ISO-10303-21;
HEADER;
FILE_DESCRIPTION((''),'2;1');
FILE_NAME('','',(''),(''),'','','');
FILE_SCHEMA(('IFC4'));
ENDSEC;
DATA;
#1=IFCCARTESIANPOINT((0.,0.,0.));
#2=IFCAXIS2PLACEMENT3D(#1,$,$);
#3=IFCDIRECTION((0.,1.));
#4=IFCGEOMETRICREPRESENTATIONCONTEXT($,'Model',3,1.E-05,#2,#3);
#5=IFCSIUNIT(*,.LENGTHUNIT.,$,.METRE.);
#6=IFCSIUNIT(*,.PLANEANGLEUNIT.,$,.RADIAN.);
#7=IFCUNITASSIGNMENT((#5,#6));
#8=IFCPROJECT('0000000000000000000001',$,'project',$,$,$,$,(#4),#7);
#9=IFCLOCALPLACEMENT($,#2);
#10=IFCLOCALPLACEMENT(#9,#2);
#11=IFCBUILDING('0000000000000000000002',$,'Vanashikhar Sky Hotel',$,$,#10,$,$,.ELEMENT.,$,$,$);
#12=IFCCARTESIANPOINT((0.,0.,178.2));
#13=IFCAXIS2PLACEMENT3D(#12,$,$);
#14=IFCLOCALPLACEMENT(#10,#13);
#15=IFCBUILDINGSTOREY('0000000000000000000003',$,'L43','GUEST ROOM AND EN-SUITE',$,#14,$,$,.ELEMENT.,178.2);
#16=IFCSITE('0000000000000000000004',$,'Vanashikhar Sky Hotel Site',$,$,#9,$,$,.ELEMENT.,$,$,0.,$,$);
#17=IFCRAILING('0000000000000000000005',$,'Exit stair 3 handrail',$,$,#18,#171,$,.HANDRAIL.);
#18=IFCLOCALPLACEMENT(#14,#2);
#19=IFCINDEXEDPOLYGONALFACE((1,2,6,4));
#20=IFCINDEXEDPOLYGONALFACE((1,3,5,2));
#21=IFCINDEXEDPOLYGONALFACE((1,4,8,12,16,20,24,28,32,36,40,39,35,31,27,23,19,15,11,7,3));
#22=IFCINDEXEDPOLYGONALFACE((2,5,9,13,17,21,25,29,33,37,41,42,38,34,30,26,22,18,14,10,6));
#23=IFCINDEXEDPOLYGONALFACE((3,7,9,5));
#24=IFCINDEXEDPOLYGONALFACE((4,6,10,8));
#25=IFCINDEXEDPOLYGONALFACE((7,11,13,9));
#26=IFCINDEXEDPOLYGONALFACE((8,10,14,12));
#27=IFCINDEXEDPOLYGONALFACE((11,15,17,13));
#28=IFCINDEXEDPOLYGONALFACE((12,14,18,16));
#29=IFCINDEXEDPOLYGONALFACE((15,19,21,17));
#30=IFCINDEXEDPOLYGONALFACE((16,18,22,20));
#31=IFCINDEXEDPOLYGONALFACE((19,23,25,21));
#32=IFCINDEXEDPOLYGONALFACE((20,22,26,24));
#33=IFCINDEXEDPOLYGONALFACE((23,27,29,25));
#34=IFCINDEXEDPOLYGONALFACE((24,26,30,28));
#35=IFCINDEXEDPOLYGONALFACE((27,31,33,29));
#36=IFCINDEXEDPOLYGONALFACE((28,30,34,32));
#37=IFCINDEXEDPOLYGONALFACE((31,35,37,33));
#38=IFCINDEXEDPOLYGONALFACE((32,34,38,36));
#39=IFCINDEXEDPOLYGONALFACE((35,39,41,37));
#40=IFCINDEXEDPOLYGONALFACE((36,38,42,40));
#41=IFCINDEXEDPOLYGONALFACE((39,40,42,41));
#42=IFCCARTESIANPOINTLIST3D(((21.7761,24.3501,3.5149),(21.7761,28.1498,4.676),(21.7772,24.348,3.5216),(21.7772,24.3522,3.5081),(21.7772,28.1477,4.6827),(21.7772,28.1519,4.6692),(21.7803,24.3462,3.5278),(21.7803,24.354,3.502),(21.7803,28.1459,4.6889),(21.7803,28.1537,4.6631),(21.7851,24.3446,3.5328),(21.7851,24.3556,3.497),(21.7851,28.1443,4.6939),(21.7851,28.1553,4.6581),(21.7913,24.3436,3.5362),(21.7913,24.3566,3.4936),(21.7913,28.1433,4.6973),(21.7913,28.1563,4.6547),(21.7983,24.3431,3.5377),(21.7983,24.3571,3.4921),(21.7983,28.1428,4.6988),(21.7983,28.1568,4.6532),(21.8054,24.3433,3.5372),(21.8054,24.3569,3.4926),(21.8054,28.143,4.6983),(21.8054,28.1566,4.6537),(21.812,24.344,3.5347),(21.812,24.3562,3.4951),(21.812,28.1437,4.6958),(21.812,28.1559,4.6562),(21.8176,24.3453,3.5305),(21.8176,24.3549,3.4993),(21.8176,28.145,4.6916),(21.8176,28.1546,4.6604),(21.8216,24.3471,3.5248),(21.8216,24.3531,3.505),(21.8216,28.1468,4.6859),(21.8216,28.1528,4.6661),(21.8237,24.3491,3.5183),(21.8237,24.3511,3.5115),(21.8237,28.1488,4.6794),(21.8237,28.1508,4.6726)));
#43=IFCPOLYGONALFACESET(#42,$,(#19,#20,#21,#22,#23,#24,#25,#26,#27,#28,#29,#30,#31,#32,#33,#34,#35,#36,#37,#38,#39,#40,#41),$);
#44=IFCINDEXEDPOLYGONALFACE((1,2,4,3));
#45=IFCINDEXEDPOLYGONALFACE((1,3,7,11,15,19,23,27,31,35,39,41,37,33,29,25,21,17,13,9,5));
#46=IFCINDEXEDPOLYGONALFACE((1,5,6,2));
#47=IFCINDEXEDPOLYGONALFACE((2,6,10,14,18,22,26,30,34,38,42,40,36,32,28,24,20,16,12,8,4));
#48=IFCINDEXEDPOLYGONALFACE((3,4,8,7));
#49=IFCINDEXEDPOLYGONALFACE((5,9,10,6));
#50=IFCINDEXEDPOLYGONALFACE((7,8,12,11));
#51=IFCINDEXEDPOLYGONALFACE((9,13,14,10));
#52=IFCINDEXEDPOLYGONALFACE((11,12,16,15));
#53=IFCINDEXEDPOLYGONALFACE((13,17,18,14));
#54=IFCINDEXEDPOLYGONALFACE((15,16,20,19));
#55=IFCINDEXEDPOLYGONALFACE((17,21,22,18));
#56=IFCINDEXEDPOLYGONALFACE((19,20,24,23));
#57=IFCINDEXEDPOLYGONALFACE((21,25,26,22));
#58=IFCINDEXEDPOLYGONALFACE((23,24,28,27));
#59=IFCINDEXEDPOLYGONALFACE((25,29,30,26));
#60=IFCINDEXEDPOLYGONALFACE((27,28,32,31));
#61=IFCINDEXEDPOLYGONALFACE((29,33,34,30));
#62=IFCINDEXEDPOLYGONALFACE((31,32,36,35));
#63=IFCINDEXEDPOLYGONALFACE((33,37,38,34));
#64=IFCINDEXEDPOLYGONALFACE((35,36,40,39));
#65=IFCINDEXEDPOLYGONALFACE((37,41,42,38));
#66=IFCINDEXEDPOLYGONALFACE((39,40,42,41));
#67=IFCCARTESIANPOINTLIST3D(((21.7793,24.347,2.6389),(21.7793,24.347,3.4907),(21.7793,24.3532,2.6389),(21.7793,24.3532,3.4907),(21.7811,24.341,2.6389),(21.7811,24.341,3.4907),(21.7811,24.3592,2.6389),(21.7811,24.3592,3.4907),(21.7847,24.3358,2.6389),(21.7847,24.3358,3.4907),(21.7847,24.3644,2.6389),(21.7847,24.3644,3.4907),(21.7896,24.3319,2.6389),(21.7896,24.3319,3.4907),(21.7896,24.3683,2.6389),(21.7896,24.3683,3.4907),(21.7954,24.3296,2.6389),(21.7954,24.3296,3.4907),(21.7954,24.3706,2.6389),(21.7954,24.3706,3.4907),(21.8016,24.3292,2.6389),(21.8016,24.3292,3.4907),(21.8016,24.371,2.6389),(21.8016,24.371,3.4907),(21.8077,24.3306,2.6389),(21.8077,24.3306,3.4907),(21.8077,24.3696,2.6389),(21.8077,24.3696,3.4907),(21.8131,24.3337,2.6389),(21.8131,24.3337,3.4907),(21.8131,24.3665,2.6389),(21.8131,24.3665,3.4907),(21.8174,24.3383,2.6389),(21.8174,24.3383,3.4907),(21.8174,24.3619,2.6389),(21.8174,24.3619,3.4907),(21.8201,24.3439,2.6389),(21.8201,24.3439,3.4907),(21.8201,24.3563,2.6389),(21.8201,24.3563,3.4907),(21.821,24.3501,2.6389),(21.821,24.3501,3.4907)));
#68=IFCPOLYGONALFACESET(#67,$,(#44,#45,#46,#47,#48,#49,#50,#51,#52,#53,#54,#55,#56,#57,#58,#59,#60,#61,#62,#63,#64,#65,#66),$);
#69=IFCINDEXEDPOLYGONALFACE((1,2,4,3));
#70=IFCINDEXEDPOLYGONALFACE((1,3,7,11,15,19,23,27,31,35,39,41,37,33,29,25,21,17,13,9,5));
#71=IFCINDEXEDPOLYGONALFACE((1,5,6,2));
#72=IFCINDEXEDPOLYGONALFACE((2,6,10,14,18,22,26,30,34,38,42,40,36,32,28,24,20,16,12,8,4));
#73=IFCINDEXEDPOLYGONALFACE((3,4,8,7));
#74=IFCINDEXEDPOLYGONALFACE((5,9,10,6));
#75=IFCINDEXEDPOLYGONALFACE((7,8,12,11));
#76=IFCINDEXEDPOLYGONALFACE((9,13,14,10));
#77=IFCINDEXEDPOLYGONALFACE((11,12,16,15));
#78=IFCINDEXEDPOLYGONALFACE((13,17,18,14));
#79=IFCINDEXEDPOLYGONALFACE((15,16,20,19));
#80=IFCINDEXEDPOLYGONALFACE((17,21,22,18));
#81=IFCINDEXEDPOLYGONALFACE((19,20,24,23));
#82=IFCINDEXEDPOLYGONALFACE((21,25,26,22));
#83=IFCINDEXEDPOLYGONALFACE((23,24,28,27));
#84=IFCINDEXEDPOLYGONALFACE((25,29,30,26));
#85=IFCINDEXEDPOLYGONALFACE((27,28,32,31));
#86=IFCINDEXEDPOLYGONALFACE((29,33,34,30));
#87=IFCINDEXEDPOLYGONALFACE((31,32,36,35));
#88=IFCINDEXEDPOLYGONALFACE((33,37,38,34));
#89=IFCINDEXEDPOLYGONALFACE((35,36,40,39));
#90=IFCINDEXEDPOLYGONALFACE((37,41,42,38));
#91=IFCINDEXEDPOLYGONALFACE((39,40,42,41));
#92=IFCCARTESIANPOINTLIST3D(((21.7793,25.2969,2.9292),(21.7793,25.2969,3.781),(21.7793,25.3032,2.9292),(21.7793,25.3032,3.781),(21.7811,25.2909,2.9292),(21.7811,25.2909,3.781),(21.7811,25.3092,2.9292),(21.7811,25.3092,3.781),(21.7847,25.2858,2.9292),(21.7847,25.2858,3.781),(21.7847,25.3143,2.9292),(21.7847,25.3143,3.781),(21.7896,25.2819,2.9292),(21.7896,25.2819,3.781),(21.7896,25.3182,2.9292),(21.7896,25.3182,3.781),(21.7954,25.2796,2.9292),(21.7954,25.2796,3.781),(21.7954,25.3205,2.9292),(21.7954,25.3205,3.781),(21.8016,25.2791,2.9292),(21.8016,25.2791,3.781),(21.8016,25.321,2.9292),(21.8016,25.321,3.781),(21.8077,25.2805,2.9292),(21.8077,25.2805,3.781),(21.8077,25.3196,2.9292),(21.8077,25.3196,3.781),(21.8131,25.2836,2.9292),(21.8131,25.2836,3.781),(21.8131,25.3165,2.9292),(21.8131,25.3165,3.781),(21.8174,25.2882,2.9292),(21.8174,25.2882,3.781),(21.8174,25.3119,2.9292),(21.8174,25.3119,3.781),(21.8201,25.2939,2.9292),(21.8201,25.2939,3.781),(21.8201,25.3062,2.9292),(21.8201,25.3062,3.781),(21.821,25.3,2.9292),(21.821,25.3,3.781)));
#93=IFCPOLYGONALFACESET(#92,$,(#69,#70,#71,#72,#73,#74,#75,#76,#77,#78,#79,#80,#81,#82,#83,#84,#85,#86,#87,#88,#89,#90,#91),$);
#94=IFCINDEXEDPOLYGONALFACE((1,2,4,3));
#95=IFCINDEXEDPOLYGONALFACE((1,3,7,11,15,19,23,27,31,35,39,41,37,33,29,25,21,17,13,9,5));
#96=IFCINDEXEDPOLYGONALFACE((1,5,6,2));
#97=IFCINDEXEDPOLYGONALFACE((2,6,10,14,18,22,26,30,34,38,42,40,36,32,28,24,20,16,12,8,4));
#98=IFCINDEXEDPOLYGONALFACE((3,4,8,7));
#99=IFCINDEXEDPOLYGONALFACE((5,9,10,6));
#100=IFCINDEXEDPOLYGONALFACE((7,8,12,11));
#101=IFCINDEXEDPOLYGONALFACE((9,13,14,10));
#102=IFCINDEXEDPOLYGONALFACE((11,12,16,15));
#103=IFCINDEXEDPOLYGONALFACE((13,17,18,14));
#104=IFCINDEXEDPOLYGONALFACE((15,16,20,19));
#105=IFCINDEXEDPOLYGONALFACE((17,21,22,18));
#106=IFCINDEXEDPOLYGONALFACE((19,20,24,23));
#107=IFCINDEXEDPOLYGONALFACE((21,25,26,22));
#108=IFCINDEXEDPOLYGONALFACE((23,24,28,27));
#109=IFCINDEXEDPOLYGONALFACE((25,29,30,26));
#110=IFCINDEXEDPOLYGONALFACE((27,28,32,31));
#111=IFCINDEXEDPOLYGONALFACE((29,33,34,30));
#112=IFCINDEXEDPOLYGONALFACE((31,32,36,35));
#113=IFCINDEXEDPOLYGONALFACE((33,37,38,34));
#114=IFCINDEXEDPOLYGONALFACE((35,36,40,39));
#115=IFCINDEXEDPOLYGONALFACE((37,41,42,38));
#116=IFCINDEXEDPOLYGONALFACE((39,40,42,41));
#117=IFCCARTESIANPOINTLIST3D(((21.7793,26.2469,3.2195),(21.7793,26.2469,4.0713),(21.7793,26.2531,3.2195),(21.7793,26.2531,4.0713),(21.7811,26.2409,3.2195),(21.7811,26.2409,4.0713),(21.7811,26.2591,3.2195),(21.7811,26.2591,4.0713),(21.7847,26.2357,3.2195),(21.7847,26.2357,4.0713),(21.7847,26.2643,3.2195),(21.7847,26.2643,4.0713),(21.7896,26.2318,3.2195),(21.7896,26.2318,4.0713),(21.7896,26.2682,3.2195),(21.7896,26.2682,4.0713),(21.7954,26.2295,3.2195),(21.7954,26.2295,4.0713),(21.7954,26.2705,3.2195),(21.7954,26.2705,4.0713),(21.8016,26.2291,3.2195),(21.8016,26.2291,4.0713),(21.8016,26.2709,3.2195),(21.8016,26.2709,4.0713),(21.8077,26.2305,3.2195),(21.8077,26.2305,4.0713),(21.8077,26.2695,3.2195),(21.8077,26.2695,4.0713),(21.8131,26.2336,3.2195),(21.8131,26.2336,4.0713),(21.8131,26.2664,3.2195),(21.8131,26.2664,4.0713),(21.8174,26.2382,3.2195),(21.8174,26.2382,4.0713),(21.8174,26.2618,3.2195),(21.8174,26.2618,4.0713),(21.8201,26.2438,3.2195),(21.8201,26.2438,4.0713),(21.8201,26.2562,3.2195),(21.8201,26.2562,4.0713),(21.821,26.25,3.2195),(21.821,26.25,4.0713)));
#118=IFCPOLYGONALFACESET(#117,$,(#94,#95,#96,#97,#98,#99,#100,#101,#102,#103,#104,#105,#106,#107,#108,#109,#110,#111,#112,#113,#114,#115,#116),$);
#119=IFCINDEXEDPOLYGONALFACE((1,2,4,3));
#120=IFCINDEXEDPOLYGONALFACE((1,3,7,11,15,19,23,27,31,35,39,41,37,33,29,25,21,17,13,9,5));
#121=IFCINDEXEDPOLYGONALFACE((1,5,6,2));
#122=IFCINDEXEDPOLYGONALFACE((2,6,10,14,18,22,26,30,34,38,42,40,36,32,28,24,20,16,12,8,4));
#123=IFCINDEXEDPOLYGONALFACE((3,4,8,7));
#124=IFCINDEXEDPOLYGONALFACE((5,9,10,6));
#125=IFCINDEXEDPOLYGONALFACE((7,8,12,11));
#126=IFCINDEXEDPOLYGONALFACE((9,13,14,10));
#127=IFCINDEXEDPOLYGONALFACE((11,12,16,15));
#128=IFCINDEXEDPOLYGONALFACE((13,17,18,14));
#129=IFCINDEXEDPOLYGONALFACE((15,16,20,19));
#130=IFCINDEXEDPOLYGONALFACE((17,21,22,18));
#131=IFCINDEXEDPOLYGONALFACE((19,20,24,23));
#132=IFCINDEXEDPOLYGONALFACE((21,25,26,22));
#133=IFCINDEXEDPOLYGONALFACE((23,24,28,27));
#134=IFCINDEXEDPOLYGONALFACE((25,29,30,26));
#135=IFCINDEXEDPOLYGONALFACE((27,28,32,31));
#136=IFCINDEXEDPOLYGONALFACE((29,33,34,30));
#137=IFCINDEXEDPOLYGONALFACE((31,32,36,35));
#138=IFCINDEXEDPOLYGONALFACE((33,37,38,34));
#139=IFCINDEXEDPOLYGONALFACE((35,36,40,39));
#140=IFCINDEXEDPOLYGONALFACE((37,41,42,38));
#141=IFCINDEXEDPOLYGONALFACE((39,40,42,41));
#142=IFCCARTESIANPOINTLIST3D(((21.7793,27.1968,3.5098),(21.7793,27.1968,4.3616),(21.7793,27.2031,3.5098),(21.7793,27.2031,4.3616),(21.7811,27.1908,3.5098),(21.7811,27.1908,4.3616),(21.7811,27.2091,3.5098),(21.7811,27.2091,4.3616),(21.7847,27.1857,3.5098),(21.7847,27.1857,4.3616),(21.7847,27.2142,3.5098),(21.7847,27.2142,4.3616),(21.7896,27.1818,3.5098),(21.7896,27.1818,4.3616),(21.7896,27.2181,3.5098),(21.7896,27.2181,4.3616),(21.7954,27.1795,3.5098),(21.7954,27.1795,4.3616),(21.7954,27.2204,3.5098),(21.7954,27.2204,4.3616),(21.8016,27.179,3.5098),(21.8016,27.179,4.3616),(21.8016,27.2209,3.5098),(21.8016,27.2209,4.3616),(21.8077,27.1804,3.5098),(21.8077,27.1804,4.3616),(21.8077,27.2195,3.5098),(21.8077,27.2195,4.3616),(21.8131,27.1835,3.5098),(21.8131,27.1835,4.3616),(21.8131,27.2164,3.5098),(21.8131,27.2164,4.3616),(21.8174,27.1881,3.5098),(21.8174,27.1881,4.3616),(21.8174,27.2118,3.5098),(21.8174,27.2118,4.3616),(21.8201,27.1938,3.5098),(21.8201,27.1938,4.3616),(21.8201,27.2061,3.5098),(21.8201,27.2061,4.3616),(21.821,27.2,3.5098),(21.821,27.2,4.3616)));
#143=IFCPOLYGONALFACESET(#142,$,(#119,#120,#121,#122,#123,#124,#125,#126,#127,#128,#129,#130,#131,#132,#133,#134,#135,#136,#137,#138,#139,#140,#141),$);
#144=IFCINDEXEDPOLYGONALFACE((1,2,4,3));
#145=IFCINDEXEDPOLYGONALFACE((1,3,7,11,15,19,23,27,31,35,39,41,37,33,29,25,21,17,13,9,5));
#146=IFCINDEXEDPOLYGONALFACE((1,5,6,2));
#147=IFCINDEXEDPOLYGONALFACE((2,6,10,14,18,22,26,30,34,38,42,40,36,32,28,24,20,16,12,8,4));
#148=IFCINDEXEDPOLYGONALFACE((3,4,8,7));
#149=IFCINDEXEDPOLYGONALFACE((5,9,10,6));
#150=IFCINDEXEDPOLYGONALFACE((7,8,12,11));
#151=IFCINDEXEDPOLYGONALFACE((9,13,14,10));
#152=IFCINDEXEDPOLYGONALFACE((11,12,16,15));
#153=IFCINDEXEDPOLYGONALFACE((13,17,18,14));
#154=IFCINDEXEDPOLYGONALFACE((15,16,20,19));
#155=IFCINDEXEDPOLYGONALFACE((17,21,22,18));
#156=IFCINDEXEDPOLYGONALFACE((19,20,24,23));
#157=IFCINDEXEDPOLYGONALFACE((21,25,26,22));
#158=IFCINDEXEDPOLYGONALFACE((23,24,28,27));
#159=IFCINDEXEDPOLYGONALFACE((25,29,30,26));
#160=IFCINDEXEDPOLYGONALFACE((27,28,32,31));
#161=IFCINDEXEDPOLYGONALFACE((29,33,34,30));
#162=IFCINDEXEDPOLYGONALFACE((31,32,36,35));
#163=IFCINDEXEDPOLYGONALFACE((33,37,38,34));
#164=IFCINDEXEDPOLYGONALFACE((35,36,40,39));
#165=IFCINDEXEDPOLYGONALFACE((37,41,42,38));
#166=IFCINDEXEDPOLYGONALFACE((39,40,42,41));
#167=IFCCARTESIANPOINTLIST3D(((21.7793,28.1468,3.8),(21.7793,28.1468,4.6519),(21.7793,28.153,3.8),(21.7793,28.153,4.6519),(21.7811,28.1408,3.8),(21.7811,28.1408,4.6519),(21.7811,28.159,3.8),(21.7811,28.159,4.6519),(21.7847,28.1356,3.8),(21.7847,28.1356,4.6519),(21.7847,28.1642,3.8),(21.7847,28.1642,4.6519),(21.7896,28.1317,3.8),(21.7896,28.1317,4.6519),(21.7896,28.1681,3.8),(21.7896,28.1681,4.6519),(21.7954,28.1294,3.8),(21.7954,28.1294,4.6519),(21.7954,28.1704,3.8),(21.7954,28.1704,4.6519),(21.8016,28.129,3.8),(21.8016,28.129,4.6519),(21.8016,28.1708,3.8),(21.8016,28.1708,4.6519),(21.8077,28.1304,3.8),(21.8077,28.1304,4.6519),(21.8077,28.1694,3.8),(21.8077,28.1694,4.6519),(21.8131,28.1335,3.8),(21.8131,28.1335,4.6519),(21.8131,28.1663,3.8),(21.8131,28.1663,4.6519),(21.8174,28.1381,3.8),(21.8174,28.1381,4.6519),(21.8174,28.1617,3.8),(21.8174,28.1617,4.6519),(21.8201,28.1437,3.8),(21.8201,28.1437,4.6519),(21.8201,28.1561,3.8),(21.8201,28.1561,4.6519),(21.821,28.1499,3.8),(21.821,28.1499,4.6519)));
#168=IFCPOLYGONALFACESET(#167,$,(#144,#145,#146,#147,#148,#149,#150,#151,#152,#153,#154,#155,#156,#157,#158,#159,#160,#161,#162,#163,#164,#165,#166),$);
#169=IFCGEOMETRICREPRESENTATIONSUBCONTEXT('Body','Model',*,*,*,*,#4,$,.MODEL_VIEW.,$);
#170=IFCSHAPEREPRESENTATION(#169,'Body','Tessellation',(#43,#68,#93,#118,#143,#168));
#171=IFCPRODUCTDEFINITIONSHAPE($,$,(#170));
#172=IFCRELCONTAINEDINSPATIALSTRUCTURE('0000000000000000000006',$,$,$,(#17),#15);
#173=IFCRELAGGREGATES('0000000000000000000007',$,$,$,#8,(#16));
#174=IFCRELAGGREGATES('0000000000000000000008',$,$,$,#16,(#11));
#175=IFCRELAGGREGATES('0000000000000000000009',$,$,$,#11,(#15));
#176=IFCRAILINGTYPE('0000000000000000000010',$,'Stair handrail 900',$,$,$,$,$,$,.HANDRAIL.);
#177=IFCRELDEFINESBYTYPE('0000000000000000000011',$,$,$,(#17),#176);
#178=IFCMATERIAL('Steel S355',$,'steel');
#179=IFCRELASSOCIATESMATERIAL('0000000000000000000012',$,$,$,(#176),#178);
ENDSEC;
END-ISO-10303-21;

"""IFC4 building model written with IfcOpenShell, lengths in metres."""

from ifc_helpers import new_model, si_unit, direction, frame, origin, origin_2d, place, context, subcontext, project, spatial, circle, extrude, source, transform, mapped, material, type_object, element, save


model = new_model("IFC4")

# Units and contexts
model_context = context("Model", 3, precision=1e-05, world=origin(), true_north=direction((0.0, 1.0)))
body_context = subcontext(model_context, "Body", "Model", "MODEL_VIEW")
ifc_project = project(units=[si_unit("LENGTHUNIT", "METRE"), si_unit("PLANEANGLEUNIT", "RADIAN")], contexts=[model_context])

# Site, building, storey
site_placement = place(None, origin())
site = spatial("IfcSite", under=ifc_project, at=site_placement, Name="Vanashikhar Sky Hotel Site", CompositionType="ELEMENT", RefElevation=0.0)
building_placement = place(site_placement, origin())
building = spatial("IfcBuilding", under=site, at=building_placement, Name="Vanashikhar Sky Hotel", CompositionType="ELEMENT")
storey_placement = place(building_placement, frame((0.0, 0.0, 178.2)))
storey = spatial("IfcBuildingStorey", under=building, at=storey_placement, Name="L43", Description="GUEST ROOM AND EN-SUITE", CompositionType="ELEMENT", Elevation=178.2)

# Railing
ifc_material_1 = material(Name="Steel S355", Category="steel")
railing_type_1 = type_object("IfcRailingType", Name="Stair handrail 900", PredefinedType="HANDRAIL", material=ifc_material_1)
shared_shape_1 = source(origin(), body_context, "Body", "SweptSolid", [
    extrude(circle(Radius=0.0239, at=origin_2d()), frame((0.0, 0.0, 0.876), z_axis=(0.0, 0.956346, 0.292237), x_axis=(-1.0, 0.0, 0.0)), (0.0, 0.0, 1.0), 3.9731),
    extrude(circle(Radius=0.021, at=origin_2d()), origin(), (0.0, 0.0, 1.0), 0.8518),
    extrude(circle(Radius=0.021, at=origin_2d()), frame((0.0, 0.95, 0.2903)), (0.0, 0.0, 1.0), 0.8518),
    extrude(circle(Radius=0.021, at=origin_2d()), frame((0.0, 1.8999, 0.5806)), (0.0, 0.0, 1.0), 0.8518),
    extrude(circle(Radius=0.021, at=origin_2d()), frame((0.0, 2.8499, 0.8708)), (0.0, 0.0, 1.0), 0.8518),
    extrude(circle(Radius=0.021, at=origin_2d()), frame((0.0, 3.7998, 1.1611)), (0.0, 0.0, 1.0), 0.8518),
])
railing_1_placement = place(storey_placement, frame((21.8, 24.3501, 2.6389)))
element("IfcRailing", 1, at=railing_1_placement, inside=storey, type_object=railing_type_1, Name="Exit stair 3 handrail", PredefinedType="HANDRAIL", context=body_context, shape_type="MappedRepresentation", body=[
    mapped(shared_shape_1, transform((0.0, 0.0, 0.0), scale=1.0)),
])

save(model, "model.ifc")
